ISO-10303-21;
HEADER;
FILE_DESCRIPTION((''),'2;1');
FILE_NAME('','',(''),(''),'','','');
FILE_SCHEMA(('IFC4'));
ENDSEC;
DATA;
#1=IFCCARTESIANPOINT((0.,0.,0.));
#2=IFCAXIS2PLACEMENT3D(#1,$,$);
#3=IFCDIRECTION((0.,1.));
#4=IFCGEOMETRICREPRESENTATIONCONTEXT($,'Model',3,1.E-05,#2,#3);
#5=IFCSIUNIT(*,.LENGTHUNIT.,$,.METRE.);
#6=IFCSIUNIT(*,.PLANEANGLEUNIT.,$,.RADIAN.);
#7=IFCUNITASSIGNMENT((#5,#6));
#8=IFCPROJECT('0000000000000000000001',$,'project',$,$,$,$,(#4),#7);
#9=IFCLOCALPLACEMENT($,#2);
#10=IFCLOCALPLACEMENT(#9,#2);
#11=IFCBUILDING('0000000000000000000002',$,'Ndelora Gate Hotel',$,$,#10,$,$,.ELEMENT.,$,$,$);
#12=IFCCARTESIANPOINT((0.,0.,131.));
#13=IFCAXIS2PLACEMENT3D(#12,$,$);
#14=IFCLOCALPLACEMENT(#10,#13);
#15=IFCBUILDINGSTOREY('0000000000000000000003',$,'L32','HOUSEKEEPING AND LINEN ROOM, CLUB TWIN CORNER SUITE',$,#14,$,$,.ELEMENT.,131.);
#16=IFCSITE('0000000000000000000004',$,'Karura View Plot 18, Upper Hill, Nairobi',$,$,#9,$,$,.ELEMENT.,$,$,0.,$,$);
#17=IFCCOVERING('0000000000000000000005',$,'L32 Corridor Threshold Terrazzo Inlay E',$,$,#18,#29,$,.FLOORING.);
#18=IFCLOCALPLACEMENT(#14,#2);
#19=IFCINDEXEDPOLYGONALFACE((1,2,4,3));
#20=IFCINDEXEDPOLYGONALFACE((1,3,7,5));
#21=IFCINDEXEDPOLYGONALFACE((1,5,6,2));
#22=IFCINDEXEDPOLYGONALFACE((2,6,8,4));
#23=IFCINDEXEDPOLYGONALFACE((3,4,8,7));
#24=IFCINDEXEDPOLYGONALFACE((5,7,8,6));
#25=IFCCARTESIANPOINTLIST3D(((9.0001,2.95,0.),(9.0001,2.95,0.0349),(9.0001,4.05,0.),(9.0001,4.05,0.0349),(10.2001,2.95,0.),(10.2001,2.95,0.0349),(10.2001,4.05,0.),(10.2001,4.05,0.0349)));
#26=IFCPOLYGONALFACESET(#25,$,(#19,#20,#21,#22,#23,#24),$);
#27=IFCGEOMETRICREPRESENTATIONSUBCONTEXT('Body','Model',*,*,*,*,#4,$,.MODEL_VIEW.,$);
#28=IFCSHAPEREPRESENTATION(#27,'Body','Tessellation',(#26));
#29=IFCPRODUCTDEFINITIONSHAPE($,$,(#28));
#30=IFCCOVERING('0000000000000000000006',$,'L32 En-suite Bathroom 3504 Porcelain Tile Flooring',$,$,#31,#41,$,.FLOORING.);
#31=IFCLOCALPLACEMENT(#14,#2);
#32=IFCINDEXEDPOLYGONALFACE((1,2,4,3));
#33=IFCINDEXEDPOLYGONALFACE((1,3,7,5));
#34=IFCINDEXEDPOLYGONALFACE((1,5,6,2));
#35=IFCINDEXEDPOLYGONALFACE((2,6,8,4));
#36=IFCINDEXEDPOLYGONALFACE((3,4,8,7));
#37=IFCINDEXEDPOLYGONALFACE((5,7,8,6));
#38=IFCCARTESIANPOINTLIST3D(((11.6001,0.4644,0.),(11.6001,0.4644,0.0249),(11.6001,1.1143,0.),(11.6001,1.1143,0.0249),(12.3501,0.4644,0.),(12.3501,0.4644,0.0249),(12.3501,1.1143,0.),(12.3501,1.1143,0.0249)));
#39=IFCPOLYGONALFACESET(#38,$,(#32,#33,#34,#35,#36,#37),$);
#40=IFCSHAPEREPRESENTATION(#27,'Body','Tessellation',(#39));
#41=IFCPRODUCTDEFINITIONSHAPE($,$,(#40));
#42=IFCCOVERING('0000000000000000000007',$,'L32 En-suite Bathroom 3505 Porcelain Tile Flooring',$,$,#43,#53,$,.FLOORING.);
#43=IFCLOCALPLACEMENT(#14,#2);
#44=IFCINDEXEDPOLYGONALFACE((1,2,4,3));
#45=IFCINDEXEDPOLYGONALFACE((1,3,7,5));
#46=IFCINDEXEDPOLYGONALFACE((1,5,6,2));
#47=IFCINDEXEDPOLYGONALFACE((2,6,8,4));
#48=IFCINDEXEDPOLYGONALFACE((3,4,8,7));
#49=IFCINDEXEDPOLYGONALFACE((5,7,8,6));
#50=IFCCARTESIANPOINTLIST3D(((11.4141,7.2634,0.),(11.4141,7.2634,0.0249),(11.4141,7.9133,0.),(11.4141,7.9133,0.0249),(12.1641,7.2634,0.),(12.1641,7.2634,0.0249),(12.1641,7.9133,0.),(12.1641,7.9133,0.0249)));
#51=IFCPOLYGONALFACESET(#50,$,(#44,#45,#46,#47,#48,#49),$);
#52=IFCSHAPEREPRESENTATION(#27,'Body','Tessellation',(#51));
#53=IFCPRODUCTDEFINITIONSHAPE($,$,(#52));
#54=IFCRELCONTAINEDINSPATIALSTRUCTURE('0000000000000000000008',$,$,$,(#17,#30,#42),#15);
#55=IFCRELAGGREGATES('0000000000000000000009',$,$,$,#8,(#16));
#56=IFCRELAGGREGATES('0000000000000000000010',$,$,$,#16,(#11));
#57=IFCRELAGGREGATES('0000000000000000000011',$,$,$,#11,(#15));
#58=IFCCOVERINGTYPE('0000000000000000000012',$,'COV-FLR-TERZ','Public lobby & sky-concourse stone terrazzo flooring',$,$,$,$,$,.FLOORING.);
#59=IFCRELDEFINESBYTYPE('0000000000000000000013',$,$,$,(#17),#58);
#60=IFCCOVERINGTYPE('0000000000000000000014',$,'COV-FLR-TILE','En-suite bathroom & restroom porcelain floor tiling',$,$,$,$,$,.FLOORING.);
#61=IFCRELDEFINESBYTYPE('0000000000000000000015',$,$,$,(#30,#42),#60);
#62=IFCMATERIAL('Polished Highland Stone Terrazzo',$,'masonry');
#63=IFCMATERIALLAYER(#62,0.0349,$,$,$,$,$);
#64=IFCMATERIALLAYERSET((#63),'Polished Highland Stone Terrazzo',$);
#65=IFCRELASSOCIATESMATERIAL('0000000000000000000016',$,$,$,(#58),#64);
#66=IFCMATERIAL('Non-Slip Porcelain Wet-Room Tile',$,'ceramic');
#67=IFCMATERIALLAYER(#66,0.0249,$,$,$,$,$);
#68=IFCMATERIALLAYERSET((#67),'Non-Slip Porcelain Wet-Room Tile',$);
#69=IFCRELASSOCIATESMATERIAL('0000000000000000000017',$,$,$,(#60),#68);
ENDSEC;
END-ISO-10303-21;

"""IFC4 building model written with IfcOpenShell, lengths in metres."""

from ifc_helpers import new_model, si_unit, direction, frame, origin, origin_2d, place, context, subcontext, project, spatial, rectangle, extrude, material, layer, layer_set, type_object, element, save


model = new_model("IFC4")

# Units and contexts
model_context = context("Model", 3, precision=1e-05, world=origin(), true_north=direction((0.0, 1.0)))
body_context = subcontext(model_context, "Body", "Model", "MODEL_VIEW")
ifc_project = project(units=[si_unit("LENGTHUNIT", "METRE"), si_unit("PLANEANGLEUNIT", "RADIAN")], contexts=[model_context])

# Site, building, storey
site_placement = place(None, origin())
site = spatial("IfcSite", under=ifc_project, at=site_placement, Name="Karura View Plot 18, Upper Hill, Nairobi", CompositionType="ELEMENT", RefElevation=0.0)
building_placement = place(site_placement, origin())
building = spatial("IfcBuilding", under=site, at=building_placement, Name="Ndelora Gate Hotel", CompositionType="ELEMENT")
storey_placement = place(building_placement, frame((0.0, 0.0, 131.0)))
storey = spatial("IfcBuildingStorey", under=building, at=storey_placement, Name="L32", Description="HOUSEKEEPING AND LINEN ROOM, CLUB TWIN CORNER SUITE", CompositionType="ELEMENT", Elevation=131.0)

# Coverings
ifc_material_1 = material(Name="Polished Highland Stone Terrazzo", Category="masonry")
ifc_layer_1 = layer(ifc_material_1, 0.0349)
ifc_layer_set_1 = layer_set([ifc_layer_1], Name="Polished Highland Stone Terrazzo")
covering_type_1 = type_object("IfcCoveringType", Name="COV-FLR-TERZ", Description="Public lobby & sky-concourse stone terrazzo flooring", PredefinedType="FLOORING", material=ifc_layer_set_1)
covering_1_placement = place(storey_placement, frame((9.6001, 3.5, 0.0), z_axis=(0.0, 0.0, 1.0), x_axis=(1.0, 0.0, 0.0)))
element("IfcCovering", 1, at=covering_1_placement, inside=storey, type_object=covering_type_1, Name="L32 Corridor Threshold Terrazzo Inlay E", PredefinedType="FLOORING", context=body_context, shape_type="SweptSolid", body=[
    extrude(rectangle(XDim=1.2, YDim=1.1001, at=origin_2d()), origin(), (0.0, 0.0, 1.0), 0.0349),
])
ifc_material_2 = material(Name="Non-Slip Porcelain Wet-Room Tile", Category="ceramic")
ifc_layer_2 = layer(ifc_material_2, 0.0249)
ifc_layer_set_2 = layer_set([ifc_layer_2], Name="Non-Slip Porcelain Wet-Room Tile")
covering_type_2 = type_object("IfcCoveringType", Name="COV-FLR-TILE", Description="En-suite bathroom & restroom porcelain floor tiling", PredefinedType="FLOORING", material=ifc_layer_set_2)
for number, where, z_axis, x_axis, name in (
    (2, (11.9751, 0.7893, 0.0), (0.0, 0.0, 1.0), (1.0, 0.0, 0.0), "L32 En-suite Bathroom 3504 Porcelain Tile Flooring"),
    (3, (11.7891, 7.5884, 0.0), (0.0, 0.0, 1.0), (1.0, 0.0, 0.0), "L32 En-suite Bathroom 3505 Porcelain Tile Flooring"),
):
    element("IfcCovering", number, at=place(storey_placement, frame(where, z_axis=z_axis, x_axis=x_axis)), inside=storey, type_object=covering_type_2, Name=name, PredefinedType="FLOORING", context=body_context, shape_type="SweptSolid", body=[
        extrude(rectangle(XDim=0.75, YDim=0.6499, at=origin_2d()), origin(), (0.0, 0.0, 1.0), 0.0249),
    ])

save(model, "model.ifc")
